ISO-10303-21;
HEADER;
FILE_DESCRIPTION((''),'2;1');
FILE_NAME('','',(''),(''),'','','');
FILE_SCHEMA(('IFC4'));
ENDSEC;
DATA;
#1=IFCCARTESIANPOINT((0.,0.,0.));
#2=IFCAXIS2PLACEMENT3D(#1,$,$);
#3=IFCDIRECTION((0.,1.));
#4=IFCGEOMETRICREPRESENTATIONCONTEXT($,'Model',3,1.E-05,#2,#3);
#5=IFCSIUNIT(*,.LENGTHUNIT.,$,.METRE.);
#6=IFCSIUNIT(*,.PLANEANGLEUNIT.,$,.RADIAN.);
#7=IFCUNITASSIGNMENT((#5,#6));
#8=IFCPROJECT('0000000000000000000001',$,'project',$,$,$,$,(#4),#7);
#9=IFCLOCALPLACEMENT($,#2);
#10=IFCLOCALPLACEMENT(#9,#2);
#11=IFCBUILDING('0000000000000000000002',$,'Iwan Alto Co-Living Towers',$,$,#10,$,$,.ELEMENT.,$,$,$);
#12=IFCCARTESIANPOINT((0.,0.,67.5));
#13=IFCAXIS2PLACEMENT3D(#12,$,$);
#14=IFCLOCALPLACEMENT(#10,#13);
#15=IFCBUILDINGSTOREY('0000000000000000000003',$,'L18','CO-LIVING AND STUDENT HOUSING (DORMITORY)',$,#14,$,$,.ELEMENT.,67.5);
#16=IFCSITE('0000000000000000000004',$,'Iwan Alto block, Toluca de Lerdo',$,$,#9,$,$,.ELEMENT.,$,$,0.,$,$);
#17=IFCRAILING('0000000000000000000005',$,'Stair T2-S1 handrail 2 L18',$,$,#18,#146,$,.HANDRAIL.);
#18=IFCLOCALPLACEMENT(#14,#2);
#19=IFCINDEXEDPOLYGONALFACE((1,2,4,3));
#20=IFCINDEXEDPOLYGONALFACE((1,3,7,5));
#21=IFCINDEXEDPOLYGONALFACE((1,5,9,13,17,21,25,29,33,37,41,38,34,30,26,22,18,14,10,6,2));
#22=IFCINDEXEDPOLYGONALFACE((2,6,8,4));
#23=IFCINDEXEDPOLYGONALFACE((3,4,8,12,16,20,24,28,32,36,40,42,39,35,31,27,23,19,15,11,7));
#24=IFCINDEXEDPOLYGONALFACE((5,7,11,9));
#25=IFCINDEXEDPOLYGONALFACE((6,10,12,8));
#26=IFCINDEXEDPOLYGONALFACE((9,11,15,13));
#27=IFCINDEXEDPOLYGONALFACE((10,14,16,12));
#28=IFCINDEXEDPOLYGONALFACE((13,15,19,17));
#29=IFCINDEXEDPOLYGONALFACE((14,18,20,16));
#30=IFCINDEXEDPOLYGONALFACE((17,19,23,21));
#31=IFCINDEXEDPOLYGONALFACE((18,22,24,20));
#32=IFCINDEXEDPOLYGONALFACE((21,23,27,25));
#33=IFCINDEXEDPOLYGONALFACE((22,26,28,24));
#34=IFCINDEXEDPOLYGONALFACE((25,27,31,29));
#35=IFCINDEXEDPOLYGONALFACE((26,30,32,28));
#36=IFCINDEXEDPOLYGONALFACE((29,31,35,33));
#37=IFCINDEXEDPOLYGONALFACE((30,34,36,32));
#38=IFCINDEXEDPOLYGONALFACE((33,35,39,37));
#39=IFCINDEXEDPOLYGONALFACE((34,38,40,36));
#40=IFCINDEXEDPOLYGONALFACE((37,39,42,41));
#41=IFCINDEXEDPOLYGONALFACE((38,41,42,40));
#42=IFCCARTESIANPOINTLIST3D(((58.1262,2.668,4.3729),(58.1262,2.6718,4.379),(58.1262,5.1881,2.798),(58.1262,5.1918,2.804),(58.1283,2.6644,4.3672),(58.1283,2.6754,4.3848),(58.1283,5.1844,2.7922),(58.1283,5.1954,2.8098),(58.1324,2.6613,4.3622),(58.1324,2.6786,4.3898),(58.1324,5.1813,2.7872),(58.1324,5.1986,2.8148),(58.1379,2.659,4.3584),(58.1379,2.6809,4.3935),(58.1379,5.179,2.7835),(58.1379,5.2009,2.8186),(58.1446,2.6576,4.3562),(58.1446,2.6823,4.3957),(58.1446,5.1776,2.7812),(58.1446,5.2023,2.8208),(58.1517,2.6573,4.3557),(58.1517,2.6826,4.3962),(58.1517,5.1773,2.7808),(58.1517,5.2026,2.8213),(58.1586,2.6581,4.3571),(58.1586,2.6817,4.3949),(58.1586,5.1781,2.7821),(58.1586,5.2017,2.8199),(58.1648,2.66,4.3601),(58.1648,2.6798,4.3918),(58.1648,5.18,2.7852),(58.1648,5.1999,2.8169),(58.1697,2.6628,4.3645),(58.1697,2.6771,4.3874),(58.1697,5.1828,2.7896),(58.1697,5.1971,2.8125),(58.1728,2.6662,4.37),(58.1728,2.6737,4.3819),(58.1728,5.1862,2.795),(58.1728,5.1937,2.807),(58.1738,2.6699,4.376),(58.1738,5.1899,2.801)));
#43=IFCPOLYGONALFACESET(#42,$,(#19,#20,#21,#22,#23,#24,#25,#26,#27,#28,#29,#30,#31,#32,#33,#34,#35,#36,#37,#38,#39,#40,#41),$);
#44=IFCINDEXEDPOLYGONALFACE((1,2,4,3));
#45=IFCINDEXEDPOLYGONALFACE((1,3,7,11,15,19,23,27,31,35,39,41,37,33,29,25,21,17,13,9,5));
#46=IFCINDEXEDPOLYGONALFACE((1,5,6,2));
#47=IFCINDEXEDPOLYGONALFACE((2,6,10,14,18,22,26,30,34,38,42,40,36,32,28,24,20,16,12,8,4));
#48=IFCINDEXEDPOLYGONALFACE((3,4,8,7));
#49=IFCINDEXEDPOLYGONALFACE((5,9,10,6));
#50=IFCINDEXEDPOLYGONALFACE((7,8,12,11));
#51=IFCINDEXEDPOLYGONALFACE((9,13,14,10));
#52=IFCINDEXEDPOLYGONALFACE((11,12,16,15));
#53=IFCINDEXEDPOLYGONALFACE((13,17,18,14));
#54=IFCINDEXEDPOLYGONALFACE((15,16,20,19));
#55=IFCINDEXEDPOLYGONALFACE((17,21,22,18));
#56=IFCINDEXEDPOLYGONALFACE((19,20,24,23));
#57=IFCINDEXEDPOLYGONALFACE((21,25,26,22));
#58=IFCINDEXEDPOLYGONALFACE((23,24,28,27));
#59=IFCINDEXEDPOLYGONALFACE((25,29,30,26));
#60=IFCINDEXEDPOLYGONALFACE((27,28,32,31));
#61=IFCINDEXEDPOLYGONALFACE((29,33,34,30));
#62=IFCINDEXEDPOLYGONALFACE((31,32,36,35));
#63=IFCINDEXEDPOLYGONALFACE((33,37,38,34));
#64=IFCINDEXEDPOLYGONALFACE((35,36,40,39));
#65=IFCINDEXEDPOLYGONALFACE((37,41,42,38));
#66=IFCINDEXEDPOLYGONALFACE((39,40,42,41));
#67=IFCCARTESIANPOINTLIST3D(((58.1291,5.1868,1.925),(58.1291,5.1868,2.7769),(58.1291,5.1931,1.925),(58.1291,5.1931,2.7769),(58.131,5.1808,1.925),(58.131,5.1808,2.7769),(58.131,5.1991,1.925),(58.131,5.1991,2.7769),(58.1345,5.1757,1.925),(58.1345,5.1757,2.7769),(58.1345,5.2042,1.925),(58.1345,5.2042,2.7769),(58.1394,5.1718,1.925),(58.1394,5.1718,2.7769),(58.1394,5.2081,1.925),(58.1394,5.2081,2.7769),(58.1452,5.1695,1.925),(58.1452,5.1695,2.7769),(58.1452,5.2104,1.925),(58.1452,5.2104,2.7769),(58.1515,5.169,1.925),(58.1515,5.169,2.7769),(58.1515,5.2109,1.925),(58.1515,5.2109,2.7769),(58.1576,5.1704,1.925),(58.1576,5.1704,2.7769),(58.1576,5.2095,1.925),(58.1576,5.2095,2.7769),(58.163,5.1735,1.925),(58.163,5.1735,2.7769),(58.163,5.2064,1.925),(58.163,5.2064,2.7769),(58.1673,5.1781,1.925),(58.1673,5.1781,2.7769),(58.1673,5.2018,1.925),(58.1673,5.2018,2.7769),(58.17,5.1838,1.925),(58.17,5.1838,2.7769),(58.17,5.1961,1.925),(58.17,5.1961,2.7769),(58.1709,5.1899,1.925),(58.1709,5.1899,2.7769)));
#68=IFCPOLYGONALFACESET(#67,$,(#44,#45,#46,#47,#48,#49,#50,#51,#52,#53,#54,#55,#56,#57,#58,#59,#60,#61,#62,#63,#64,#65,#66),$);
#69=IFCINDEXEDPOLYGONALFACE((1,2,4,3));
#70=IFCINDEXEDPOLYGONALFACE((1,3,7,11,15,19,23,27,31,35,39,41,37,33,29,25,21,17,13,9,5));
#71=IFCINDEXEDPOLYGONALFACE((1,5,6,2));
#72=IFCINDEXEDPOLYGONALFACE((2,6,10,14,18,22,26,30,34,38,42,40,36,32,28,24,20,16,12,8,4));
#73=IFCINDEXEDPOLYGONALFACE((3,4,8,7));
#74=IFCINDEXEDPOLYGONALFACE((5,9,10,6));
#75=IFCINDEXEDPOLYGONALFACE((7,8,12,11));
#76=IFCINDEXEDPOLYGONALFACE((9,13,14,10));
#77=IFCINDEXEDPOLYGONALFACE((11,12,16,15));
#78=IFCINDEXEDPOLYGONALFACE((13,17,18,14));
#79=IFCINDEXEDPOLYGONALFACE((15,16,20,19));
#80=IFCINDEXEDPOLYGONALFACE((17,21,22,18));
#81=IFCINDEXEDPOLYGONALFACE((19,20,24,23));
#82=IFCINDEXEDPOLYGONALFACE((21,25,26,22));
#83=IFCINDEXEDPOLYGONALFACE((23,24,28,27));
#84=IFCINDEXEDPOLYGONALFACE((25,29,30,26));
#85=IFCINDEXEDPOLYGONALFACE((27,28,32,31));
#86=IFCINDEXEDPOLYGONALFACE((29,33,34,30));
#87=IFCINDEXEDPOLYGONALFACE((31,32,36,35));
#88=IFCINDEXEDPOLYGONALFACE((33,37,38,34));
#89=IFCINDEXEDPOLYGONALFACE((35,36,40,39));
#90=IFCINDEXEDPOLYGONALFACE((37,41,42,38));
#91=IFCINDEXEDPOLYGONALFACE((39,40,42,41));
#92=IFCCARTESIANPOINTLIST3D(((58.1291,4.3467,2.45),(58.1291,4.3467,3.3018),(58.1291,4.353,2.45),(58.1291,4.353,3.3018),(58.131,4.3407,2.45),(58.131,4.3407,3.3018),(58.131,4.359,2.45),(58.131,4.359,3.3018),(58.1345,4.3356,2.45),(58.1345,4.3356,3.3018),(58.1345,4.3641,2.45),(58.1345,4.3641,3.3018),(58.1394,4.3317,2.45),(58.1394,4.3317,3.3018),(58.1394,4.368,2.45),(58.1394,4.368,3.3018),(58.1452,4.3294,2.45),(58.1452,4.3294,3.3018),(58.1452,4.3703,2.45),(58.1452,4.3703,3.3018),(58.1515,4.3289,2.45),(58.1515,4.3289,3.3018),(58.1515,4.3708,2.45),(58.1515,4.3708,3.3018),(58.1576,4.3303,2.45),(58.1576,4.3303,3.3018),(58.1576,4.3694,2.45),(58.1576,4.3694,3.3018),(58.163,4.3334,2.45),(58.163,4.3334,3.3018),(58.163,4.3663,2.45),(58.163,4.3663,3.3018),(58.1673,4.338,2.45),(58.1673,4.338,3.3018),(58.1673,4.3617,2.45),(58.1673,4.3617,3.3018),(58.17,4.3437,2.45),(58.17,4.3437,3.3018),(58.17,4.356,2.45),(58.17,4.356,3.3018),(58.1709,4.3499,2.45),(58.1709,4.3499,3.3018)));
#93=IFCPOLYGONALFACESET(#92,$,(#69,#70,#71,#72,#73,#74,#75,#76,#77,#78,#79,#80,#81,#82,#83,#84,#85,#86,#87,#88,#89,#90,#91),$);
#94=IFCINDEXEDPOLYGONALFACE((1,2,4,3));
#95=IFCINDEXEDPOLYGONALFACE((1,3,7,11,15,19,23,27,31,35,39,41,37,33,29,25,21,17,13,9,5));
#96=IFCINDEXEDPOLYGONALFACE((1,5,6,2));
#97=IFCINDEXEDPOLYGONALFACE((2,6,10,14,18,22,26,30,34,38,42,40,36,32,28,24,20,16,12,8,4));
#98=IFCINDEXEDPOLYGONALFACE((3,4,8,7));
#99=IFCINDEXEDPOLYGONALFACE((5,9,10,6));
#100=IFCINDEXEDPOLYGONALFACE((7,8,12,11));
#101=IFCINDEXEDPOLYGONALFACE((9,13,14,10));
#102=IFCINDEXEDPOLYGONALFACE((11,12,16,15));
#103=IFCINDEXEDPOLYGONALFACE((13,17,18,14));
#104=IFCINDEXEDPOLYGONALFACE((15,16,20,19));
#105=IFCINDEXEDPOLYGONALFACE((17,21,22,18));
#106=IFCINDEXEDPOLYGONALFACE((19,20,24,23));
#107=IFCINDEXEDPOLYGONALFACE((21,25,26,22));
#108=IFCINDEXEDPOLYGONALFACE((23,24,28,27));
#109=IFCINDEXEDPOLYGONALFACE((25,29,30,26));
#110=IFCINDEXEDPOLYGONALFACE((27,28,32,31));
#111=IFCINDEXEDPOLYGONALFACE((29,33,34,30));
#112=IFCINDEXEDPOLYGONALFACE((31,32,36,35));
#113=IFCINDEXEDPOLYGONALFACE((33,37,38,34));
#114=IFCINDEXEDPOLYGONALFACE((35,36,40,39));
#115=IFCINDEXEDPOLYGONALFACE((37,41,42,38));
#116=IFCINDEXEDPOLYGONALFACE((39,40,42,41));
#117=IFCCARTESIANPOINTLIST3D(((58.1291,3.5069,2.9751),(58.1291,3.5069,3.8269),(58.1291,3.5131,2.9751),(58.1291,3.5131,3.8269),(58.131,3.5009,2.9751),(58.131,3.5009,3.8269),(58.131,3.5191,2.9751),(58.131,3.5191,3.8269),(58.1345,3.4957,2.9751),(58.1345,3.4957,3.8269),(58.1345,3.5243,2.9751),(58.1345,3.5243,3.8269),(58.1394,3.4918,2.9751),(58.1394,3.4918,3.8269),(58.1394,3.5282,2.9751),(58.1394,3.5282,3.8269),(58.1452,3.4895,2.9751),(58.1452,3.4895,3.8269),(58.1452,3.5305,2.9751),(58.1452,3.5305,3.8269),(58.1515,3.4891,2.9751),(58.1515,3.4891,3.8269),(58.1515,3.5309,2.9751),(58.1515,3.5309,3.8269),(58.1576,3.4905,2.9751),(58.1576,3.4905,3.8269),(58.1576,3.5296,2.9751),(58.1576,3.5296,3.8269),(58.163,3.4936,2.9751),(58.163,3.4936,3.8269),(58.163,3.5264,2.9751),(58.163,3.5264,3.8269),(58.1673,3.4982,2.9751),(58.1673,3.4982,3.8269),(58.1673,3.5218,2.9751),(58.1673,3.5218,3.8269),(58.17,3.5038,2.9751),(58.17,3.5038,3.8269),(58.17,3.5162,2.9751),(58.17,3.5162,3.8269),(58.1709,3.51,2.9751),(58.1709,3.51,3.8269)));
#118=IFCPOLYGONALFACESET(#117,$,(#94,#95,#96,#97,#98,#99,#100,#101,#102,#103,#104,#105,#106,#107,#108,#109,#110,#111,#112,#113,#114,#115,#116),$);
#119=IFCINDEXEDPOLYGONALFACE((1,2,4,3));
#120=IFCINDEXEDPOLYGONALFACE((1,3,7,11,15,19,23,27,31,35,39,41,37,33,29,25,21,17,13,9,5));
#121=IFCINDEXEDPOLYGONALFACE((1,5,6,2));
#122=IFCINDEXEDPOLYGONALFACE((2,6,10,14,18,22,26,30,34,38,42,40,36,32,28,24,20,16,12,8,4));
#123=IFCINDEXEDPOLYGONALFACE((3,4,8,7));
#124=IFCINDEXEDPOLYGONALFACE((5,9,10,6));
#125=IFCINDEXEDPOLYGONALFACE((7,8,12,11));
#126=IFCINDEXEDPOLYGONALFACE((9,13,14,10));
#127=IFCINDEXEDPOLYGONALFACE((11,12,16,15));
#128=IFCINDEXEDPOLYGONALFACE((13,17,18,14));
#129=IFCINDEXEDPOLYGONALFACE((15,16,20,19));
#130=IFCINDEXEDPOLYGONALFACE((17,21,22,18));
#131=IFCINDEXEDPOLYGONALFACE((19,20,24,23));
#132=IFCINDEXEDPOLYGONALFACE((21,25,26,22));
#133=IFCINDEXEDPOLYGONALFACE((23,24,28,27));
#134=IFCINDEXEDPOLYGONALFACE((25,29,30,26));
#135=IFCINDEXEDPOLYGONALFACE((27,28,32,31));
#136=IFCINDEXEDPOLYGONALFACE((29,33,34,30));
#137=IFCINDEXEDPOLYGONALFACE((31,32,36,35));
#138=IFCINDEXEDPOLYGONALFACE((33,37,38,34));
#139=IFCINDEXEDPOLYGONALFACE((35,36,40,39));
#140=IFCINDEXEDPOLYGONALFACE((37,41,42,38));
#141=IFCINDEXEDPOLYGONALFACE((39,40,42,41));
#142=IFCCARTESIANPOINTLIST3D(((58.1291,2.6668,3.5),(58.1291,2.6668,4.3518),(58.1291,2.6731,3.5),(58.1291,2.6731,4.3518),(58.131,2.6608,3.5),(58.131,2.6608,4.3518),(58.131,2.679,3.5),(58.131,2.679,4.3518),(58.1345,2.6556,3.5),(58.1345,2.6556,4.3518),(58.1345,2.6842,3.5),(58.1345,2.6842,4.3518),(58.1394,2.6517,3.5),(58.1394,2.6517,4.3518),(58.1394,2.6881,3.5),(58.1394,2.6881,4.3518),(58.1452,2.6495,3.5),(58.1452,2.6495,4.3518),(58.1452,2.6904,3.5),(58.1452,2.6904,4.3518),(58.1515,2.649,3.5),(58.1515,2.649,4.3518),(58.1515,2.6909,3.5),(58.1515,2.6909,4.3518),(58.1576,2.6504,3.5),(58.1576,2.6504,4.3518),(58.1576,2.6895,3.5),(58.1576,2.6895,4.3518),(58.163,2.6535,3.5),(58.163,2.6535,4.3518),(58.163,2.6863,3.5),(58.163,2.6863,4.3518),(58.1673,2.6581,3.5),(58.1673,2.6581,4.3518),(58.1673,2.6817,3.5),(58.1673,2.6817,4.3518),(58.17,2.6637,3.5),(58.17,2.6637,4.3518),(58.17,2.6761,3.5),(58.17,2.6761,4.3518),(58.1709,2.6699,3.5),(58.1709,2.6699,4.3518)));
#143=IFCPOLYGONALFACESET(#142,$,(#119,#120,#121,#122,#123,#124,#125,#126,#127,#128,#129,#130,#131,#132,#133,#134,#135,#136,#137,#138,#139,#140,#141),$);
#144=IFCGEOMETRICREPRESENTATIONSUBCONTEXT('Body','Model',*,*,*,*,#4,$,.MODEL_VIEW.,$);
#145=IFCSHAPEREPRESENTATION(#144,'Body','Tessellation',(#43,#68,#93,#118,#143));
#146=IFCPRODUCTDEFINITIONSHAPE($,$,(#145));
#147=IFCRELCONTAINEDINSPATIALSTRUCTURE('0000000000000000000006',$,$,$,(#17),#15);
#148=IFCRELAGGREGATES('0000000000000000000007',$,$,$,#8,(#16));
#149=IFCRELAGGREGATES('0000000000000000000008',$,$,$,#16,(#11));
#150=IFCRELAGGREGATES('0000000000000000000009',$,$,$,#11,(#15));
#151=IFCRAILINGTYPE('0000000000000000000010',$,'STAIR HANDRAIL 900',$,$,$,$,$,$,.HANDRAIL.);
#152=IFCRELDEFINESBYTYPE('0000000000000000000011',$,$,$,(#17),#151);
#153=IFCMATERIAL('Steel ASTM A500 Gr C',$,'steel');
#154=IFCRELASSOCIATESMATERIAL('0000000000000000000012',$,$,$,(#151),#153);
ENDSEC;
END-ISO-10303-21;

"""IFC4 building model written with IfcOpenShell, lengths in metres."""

from ifc_helpers import new_model, si_unit, direction, frame, origin, origin_2d, place, context, subcontext, project, spatial, circle, extrude, material, type_object, element, save


model = new_model("IFC4")

# Units and contexts
model_context = context("Model", 3, precision=1e-05, world=origin(), true_north=direction((0.0, 1.0)))
body_context = subcontext(model_context, "Body", "Model", "MODEL_VIEW")
ifc_project = project(units=[si_unit("LENGTHUNIT", "METRE"), si_unit("PLANEANGLEUNIT", "RADIAN")], contexts=[model_context])

# Site, building, storey
site_placement = place(None, origin())
site = spatial("IfcSite", under=ifc_project, at=site_placement, Name="Iwan Alto block, Toluca de Lerdo", CompositionType="ELEMENT", RefElevation=0.0)
building_placement = place(site_placement, origin())
building = spatial("IfcBuilding", under=site, at=building_placement, Name="Iwan Alto Co-Living Towers", CompositionType="ELEMENT")
storey_placement = place(building_placement, frame((0.0, 0.0, 67.5)))
storey = spatial("IfcBuildingStorey", under=building, at=storey_placement, Name="L18", Description="CO-LIVING AND STUDENT HOUSING (DORMITORY)", CompositionType="ELEMENT", Elevation=67.5)

# Railing
ifc_material_1 = material(Name="Steel ASTM A500 Gr C", Category="steel")
railing_type_1 = type_object("IfcRailingType", Name="STAIR HANDRAIL 900", PredefinedType="HANDRAIL", material=ifc_material_1)
railing_1_placement = place(storey_placement, frame((58.1499, 5.1899, 1.925)))
element("IfcRailing", 1, at=railing_1_placement, inside=storey, type_object=railing_type_1, Name="Stair T2-S1 handrail 2 L18", PredefinedType="HANDRAIL", context=body_context, shape_type="SweptSolid", body=[
    extrude(circle(Radius=0.0239, at=origin_2d()), frame((0.0, 0.0, 0.876), z_axis=(0.0, -0.848008, 0.529984), x_axis=(1.0, 0.0, 0.0)), (0.0, 0.0, 1.0), 2.9717),
    extrude(circle(Radius=0.021, at=origin_2d()), origin(), (0.0, 0.0, 1.0), 0.8518),
    extrude(circle(Radius=0.021, at=origin_2d()), frame((0.0, -0.8401, 0.5249)), (0.0, 0.0, 1.0), 0.8518),
    extrude(circle(Radius=0.021, at=origin_2d()), frame((0.0, -1.6799, 1.05)), (0.0, 0.0, 1.0), 0.8518),
    extrude(circle(Radius=0.021, at=origin_2d()), frame((0.0, -2.52, 1.575)), (0.0, 0.0, 1.0), 0.8518),
])

save(model, "model.ifc")
